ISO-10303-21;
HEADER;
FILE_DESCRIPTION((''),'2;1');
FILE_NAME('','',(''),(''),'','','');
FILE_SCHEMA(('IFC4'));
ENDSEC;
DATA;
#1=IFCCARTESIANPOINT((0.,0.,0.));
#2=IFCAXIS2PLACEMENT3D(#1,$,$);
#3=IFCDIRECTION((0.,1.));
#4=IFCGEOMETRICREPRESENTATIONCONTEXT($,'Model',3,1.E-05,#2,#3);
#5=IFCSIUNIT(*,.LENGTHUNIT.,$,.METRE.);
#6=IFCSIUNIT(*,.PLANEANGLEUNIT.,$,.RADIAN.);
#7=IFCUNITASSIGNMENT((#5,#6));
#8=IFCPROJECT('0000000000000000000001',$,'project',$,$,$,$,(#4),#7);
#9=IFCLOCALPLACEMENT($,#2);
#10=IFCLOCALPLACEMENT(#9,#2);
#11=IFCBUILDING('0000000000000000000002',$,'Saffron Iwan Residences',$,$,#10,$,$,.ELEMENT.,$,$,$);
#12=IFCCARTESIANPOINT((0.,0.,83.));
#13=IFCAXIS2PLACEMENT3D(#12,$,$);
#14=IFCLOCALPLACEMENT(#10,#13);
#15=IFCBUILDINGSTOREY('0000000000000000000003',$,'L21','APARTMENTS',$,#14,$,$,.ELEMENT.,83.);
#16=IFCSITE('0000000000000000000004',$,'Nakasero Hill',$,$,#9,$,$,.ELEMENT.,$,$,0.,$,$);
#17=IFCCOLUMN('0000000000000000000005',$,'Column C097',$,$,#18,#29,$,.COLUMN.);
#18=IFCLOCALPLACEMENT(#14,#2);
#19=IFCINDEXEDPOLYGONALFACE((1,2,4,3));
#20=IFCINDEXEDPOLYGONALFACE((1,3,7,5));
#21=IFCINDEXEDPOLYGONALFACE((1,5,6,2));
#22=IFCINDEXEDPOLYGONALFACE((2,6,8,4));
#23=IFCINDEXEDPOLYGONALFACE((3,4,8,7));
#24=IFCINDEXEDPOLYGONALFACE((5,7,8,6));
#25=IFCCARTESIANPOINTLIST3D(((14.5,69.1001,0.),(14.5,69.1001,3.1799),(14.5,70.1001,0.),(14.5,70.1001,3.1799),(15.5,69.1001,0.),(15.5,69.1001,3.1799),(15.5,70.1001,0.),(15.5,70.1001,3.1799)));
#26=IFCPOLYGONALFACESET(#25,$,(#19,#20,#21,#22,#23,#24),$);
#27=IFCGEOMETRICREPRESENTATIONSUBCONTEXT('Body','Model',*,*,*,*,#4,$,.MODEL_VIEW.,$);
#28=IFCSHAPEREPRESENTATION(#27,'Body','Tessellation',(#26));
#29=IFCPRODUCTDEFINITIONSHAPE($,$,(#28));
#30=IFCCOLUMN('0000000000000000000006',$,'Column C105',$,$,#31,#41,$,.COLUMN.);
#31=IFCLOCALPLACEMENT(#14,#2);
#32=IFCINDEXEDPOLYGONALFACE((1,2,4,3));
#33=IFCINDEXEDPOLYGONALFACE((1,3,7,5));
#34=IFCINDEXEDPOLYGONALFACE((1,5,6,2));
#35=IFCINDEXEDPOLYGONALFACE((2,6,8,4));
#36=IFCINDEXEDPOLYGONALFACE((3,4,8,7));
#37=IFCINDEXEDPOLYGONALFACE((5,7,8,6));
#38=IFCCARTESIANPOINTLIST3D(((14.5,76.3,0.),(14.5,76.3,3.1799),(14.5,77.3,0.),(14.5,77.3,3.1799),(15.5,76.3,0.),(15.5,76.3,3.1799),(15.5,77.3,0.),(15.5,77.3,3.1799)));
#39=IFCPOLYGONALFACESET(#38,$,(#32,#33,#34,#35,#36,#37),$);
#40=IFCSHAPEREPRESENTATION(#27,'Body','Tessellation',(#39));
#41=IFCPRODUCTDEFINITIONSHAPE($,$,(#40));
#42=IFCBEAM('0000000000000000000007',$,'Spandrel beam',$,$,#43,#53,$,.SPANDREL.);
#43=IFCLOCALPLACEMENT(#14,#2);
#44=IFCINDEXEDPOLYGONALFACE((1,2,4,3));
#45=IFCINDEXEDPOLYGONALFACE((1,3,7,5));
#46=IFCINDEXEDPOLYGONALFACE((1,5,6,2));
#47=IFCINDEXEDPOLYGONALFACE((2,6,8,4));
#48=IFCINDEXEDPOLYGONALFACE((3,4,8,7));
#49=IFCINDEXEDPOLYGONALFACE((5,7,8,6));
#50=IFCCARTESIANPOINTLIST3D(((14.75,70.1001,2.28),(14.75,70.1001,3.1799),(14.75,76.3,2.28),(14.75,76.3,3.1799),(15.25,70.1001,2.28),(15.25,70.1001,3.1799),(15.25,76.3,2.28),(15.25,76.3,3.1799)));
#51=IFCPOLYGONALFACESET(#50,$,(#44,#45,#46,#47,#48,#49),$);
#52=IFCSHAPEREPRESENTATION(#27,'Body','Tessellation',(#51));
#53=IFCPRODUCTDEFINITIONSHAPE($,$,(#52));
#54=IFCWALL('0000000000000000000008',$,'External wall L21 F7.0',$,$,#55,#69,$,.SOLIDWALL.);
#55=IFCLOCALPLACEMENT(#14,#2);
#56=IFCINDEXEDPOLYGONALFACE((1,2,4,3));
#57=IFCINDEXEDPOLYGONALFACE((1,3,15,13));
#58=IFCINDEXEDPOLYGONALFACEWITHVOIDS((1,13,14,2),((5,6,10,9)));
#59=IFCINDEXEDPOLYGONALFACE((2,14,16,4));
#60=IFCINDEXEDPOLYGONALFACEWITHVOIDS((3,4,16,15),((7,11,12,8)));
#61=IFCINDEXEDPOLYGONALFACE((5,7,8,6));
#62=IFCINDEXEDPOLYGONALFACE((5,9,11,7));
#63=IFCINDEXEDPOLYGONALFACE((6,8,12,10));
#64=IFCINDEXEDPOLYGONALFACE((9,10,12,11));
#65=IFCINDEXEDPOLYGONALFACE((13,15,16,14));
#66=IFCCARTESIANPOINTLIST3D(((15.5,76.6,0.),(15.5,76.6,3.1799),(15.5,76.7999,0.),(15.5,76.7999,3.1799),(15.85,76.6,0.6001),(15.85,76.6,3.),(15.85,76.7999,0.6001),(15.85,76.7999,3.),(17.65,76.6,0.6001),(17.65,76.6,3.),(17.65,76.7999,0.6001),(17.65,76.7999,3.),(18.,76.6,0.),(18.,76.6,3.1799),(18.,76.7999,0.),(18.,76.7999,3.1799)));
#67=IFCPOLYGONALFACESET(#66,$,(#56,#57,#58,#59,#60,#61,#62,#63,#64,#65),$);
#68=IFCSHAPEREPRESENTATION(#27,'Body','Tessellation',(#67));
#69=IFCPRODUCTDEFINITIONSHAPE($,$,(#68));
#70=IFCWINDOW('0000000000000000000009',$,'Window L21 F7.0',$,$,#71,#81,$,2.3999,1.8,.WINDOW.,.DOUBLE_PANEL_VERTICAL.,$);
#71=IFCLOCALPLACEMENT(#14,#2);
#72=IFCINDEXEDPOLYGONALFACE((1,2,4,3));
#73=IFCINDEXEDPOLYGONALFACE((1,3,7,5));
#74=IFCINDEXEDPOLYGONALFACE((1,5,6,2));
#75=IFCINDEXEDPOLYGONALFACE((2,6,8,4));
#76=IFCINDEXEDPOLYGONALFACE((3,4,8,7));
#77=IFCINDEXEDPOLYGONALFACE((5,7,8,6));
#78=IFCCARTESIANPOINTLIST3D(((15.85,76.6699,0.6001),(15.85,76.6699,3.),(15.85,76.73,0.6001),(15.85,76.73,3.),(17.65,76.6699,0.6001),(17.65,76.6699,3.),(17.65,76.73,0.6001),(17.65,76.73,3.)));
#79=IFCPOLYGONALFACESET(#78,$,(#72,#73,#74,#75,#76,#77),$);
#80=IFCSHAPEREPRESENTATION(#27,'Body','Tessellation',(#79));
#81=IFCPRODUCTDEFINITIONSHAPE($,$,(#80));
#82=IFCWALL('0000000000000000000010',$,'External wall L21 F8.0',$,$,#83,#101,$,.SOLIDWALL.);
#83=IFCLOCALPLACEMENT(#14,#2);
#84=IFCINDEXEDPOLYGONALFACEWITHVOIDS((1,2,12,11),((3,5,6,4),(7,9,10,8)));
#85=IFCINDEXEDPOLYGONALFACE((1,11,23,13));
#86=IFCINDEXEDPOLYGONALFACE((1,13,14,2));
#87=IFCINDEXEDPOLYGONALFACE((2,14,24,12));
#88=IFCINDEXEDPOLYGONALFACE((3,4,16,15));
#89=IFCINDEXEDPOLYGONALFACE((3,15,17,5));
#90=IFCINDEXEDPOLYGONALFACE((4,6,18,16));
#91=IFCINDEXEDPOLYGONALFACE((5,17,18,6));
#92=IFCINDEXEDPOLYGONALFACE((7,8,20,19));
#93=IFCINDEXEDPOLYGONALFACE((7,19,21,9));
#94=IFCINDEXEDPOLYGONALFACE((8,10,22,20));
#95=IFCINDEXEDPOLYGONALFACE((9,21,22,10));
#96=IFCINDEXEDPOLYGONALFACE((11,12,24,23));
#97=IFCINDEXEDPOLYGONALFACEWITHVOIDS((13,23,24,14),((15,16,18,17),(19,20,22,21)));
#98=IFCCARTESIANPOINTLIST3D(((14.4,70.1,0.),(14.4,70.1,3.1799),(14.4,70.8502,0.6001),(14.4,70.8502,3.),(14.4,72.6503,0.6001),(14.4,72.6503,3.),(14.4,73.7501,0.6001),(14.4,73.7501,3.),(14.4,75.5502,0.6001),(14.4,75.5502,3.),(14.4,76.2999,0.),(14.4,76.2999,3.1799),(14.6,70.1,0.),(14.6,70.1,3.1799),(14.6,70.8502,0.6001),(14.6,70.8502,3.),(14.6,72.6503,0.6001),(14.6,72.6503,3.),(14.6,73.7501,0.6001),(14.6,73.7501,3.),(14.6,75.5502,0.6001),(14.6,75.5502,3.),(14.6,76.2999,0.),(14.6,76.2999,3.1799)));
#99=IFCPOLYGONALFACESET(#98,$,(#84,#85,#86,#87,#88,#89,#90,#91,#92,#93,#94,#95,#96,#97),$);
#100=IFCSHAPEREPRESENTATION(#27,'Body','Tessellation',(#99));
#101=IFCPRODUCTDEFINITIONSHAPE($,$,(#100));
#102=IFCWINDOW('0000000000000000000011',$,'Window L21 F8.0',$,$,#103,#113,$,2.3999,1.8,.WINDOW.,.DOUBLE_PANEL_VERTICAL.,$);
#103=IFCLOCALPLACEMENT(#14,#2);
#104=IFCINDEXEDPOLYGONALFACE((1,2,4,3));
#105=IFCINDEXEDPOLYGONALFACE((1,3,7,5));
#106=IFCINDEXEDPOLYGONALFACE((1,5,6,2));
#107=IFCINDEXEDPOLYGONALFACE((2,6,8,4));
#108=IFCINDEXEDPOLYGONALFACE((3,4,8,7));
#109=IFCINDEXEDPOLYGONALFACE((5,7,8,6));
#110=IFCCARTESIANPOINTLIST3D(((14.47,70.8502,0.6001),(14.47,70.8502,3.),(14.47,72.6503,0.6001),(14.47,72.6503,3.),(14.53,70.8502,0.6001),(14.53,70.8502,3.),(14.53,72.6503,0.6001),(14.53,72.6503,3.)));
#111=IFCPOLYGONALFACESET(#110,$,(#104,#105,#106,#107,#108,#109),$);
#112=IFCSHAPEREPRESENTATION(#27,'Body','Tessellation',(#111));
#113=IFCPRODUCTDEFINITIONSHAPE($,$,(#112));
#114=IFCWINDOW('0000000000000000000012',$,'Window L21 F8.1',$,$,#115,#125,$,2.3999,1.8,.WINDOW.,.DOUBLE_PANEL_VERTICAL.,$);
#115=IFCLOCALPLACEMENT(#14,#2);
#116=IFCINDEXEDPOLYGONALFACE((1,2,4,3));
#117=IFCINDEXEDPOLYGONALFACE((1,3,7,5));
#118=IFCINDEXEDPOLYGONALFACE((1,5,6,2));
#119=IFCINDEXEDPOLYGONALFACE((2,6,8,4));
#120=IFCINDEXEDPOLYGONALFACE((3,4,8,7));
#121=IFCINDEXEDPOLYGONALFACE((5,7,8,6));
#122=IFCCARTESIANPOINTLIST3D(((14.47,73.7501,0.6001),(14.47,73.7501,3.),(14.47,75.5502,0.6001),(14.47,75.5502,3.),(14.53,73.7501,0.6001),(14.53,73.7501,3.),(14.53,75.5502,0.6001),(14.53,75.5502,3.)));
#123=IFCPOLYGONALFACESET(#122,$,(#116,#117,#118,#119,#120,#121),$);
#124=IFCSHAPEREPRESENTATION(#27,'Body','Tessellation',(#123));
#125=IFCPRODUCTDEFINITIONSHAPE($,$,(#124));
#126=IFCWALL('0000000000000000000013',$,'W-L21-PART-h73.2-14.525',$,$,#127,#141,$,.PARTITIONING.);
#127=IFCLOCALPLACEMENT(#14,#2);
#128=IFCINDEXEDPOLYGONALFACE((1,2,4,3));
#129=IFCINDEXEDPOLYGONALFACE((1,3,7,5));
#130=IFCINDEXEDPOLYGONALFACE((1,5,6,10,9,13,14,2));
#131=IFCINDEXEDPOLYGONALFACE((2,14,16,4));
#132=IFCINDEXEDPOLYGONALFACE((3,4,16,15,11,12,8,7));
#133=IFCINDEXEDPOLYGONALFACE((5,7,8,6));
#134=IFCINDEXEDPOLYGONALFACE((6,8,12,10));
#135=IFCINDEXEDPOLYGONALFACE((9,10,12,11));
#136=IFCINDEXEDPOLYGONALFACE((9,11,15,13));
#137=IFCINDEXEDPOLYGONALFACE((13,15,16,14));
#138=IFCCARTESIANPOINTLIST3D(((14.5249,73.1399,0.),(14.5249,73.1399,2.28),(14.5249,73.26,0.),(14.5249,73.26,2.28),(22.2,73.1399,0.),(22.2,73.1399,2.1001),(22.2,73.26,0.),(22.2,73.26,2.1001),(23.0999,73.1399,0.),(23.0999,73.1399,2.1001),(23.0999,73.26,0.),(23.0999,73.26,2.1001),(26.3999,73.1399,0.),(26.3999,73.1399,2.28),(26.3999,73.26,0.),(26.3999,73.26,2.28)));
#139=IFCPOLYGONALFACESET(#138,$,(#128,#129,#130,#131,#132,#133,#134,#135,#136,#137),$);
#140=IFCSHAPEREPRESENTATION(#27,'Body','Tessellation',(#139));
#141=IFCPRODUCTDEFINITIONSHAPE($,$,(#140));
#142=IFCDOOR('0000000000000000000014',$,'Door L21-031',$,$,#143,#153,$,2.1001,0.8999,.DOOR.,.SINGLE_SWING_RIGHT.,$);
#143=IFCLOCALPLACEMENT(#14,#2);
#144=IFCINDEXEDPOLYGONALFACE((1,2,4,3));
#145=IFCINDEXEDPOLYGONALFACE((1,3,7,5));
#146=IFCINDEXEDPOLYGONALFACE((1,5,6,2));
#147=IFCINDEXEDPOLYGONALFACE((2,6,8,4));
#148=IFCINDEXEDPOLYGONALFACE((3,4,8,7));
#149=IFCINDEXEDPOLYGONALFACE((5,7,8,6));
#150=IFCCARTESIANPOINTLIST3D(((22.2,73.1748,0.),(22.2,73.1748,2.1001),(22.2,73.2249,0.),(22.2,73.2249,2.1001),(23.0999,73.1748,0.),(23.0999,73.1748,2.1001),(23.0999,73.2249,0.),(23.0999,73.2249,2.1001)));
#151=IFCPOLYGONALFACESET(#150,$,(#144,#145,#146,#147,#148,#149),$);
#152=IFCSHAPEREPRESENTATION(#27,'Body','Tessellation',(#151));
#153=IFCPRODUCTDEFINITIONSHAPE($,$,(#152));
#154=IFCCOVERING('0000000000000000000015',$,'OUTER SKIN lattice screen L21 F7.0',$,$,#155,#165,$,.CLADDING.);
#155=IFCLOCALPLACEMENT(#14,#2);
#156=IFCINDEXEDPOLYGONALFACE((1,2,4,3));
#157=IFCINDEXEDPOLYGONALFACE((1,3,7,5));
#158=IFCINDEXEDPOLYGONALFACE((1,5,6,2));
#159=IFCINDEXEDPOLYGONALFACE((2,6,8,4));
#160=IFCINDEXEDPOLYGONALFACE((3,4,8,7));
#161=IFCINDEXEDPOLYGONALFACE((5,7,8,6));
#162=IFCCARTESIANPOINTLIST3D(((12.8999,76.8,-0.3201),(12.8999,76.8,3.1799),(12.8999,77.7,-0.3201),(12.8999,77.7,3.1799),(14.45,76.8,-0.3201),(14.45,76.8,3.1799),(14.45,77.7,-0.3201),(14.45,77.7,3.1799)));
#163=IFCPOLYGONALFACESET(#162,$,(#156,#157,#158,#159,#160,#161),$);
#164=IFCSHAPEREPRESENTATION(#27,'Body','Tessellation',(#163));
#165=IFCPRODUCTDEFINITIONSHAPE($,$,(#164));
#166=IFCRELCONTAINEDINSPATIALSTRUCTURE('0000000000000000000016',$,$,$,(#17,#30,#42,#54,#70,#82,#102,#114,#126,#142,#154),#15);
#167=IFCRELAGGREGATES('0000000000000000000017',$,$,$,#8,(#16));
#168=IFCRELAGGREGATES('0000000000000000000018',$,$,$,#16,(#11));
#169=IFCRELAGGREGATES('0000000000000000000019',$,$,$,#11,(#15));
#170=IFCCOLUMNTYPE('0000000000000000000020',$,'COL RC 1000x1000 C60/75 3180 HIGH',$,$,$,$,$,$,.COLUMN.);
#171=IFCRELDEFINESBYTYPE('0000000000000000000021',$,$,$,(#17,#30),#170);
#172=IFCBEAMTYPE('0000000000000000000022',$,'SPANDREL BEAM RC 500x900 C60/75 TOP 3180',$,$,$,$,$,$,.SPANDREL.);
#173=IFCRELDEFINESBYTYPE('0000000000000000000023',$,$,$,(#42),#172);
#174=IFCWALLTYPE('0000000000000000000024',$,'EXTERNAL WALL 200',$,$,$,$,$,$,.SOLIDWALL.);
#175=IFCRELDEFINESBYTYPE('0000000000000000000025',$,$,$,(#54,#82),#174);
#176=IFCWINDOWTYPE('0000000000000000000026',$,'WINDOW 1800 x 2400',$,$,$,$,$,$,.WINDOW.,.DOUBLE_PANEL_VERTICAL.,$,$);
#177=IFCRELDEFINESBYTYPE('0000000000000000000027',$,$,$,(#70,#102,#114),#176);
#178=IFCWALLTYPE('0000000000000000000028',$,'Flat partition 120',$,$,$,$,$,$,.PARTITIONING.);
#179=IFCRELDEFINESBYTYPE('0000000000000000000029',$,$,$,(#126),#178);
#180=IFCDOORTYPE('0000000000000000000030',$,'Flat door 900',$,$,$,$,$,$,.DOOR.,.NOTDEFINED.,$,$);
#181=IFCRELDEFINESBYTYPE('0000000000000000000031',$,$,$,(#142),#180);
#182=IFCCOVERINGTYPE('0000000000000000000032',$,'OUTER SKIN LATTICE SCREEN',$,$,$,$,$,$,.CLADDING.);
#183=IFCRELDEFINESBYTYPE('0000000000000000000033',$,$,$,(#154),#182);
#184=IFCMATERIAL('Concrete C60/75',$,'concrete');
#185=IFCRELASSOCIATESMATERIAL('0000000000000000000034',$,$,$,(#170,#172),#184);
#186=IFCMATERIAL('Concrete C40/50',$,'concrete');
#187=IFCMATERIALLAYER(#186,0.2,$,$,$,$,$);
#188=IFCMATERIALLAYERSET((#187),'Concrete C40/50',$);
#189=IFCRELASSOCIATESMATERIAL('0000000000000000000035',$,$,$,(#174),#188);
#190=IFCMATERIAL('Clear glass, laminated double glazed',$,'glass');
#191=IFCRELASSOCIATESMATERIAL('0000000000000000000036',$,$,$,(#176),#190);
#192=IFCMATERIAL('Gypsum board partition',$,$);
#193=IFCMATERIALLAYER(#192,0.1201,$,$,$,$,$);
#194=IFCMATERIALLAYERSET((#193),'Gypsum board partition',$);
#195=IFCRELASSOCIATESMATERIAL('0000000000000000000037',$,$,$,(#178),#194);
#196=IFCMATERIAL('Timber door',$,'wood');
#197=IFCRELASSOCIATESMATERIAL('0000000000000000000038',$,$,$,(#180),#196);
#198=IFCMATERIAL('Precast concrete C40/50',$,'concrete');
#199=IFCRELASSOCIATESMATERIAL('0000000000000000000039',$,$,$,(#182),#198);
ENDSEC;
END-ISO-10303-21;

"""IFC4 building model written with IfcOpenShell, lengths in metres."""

from ifc_helpers import new_model, si_unit, direction, frame, frame_2d, origin, origin_2d, place, context, subcontext, project, spatial, polyline, rectangle, outline, extrude, source, transform, mapped, material, layer, layer_set, material_profile, profile_set, type_object, element, fill, save


model = new_model("IFC4")

# Units and contexts
model_context = context("Model", 3, precision=1e-05, world=origin(), true_north=direction((0.0, 1.0)))
body_context = subcontext(model_context, "Body", "Model", "MODEL_VIEW")
ifc_project = project(units=[si_unit("LENGTHUNIT", "METRE"), si_unit("PLANEANGLEUNIT", "RADIAN")], contexts=[model_context])

# Site, building, storey
site_placement = place(None, origin())
site = spatial("IfcSite", under=ifc_project, at=site_placement, Name="Nakasero Hill", CompositionType="ELEMENT", RefElevation=0.0)
building_placement = place(site_placement, origin())
building = spatial("IfcBuilding", under=site, at=building_placement, Name="Saffron Iwan Residences", CompositionType="ELEMENT")
storey_placement = place(building_placement, frame((0.0, 0.0, 83.0)))
storey = spatial("IfcBuildingStorey", under=building, at=storey_placement, Name="L21", Description="APARTMENTS", CompositionType="ELEMENT", Elevation=83.0)

# Columns
ifc_material_1 = material(Name="Concrete C60/75", Category="concrete")
ifc_material_profile_1 = material_profile(ifc_material_1, rectangle(XDim=1.0, YDim=1.0, at=origin_2d()), Name="RC 1000x1000")
ifc_profile_set_1 = profile_set([ifc_material_profile_1], Name="Concrete C60/75")
column_type = type_object("IfcColumnType", Name="COL RC 1000x1000 C60/75 3180 HIGH", PredefinedType="COLUMN", material=ifc_profile_set_1)
shared_shape_1 = source(origin(), body_context, "Body", "SweptSolid", [
    extrude(rectangle(XDim=1.0, YDim=1.0, at=origin_2d()), origin(), (0.0, 0.0, 1.0), 3.1799),
])
for number, where, z_axis, x_axis, name in (
    (1, (15.0, 69.6001, 0.0), (0.0, 0.0, 1.0), (1.0, 0.0, 0.0), "Column C097"),
    (2, (15.0, 76.8, 0.0), (0.0, 0.0, 1.0), (1.0, 0.0, 0.0), "Column C105"),
):
    element("IfcColumn", number, at=place(storey_placement, frame(where, z_axis=z_axis, x_axis=x_axis)), inside=storey, type_object=column_type, Name=name, PredefinedType="COLUMN", context=body_context, shape_type="MappedRepresentation", body=[
        mapped(shared_shape_1, transform((0.0, 0.0, 0.0))),
    ])

# Beam
ifc_material_profile_2 = material_profile(ifc_material_1, rectangle(XDim=0.5, YDim=0.8999, at=origin_2d()), Name="RC 500x900")
ifc_profile_set_2 = profile_set([ifc_material_profile_2], Name="Concrete C60/75")
beam_type = type_object("IfcBeamType", Name="SPANDREL BEAM RC 500x900 C60/75 TOP 3180", PredefinedType="SPANDREL", material=ifc_profile_set_2)
shared_shape_2 = source(origin(), body_context, "Body", "SweptSolid", [
    extrude(rectangle(XDim=0.5, YDim=0.8999, at=origin_2d()), origin(), (0.0, 0.0, 1.0), 6.2),
])
beam_placement = place(storey_placement, frame((15.0, 70.1001, 2.73), z_axis=(0.0, 1.0, 0.0), x_axis=(-1.0, 0.0, 0.0)))
element("IfcBeam", 3, at=beam_placement, inside=storey, type_object=beam_type, Name="Spandrel beam", PredefinedType="SPANDREL", context=body_context, shape_type="MappedRepresentation", body=[
    mapped(shared_shape_2, transform((0.0, 0.0, 0.0))),
])

# Wall, opening, window
ifc_material_2 = material(Name="Concrete C40/50", Category="concrete")
ifc_layer_1 = layer(ifc_material_2, 0.2)
ifc_layer_set_1 = layer_set([ifc_layer_1], Name="Concrete C40/50")
wall_type_1 = type_object("IfcWallType", Name="EXTERNAL WALL 200", PredefinedType="SOLIDWALL", material=ifc_layer_set_1)
wall_1_placement = place(storey_placement, frame((18.0, 76.7, 0.0), z_axis=(0.0, 0.0, 1.0), x_axis=(-1.0, 0.0, 0.0)))
wall_1 = element("IfcWall", 4, at=wall_1_placement, inside=storey, type_object=wall_type_1, Name="External wall L21 F7.0", PredefinedType="SOLIDWALL", context=body_context, shape_type="SweptSolid", body=[
    extrude(rectangle(XDim=2.5, YDim=0.2, at=frame_2d((1.25, 0.0))), origin(), (0.0, 0.0, 1.0), 3.1799),
])
opening_1_placement = place(wall_1_placement, frame((0.3501, 0.0, 0.6001)))
opening_1 = element("IfcOpeningElement", 5, at=opening_1_placement, cuts=wall_1, PredefinedType="OPENING", context=body_context, shape_type="SweptSolid", body=[
    extrude(rectangle(XDim=1.8, YDim=2.3999, at=frame_2d((0.8999, 1.2))), frame((0.0, 0.1099, 0.0), z_axis=(0.0, -1.0, 0.0), x_axis=(1.0, 0.0, 0.0)), (0.0, 0.0, 1.0), 0.22),
])
ifc_material_3 = material(Name="Clear glass, laminated double glazed", Category="glass")
window_type = type_object("IfcWindowType", Name="WINDOW 1800 x 2400", PartitioningType="DOUBLE_PANEL_VERTICAL", PredefinedType="WINDOW", material=ifc_material_3)
window_1_placement = place(opening_1_placement, origin())
window_1 = element("IfcWindow", 6, at=window_1_placement, inside=storey, type_object=window_type, Name="Window L21 F7.0", OverallHeight=2.3999, OverallWidth=1.8, PartitioningType="DOUBLE_PANEL_VERTICAL", PredefinedType="WINDOW", context=body_context, shape_type="SweptSolid", body=[
    extrude(rectangle(XDim=1.8, YDim=2.3999, at=frame_2d((0.8999, 1.2))), frame((0.0, 0.03, 0.0), z_axis=(0.0, -1.0, 0.0), x_axis=(1.0, 0.0, 0.0)), (0.0, 0.0, 1.0), 0.0601),
])
fill(opening_1, window_1)

# Wall, openings, windows
wall_2_placement = place(storey_placement, frame((14.5, 76.3, 0.0), z_axis=(0.0, 0.0, 1.0), x_axis=(0.0, -1.0, 0.0)))
wall_2 = element("IfcWall", 7, at=wall_2_placement, inside=storey, type_object=wall_type_1, Name="External wall L21 F8.0", PredefinedType="SOLIDWALL", context=body_context, shape_type="SweptSolid", body=[
    extrude(rectangle(XDim=6.2, YDim=0.2, at=frame_2d((3.1001, 0.0))), origin(), (0.0, 0.0, 1.0), 3.1799),
])
opening_2_placement = place(wall_2_placement, frame((3.6499, 0.0, 0.6001)))
opening_2 = element("IfcOpeningElement", 8, at=opening_2_placement, cuts=wall_2, PredefinedType="OPENING", context=body_context, shape_type="SweptSolid", body=[
    extrude(rectangle(XDim=1.8, YDim=2.3999, at=frame_2d((0.8999, 1.2))), frame((0.0, 0.1099, 0.0), z_axis=(0.0, -1.0, 0.0), x_axis=(1.0, 0.0, 0.0)), (0.0, 0.0, 1.0), 0.22),
])
opening_3_placement = place(wall_2_placement, frame((0.75, 0.0, 0.6001)))
opening_3 = element("IfcOpeningElement", 9, at=opening_3_placement, cuts=wall_2, PredefinedType="OPENING", context=body_context, shape_type="SweptSolid", body=[
    extrude(rectangle(XDim=1.8, YDim=2.3999, at=frame_2d((0.8999, 1.2))), frame((0.0, 0.1099, 0.0), z_axis=(0.0, -1.0, 0.0), x_axis=(1.0, 0.0, 0.0)), (0.0, 0.0, 1.0), 0.22),
])
window_2_placement = place(opening_2_placement, origin())
window_2 = element("IfcWindow", 10, at=window_2_placement, inside=storey, type_object=window_type, Name="Window L21 F8.0", OverallHeight=2.3999, OverallWidth=1.8, PartitioningType="DOUBLE_PANEL_VERTICAL", PredefinedType="WINDOW", context=body_context, shape_type="SweptSolid", body=[
    extrude(rectangle(XDim=1.8, YDim=2.3999, at=frame_2d((0.8999, 1.2))), frame((0.0, 0.03, 0.0), z_axis=(0.0, -1.0, 0.0), x_axis=(1.0, 0.0, 0.0)), (0.0, 0.0, 1.0), 0.0601),
])
fill(opening_2, window_2)
window_3_placement = place(opening_3_placement, origin())
window_3 = element("IfcWindow", 11, at=window_3_placement, inside=storey, type_object=window_type, Name="Window L21 F8.1", OverallHeight=2.3999, OverallWidth=1.8, PartitioningType="DOUBLE_PANEL_VERTICAL", PredefinedType="WINDOW", context=body_context, shape_type="SweptSolid", body=[
    extrude(rectangle(XDim=1.8, YDim=2.3999, at=frame_2d((0.8999, 1.2))), frame((0.0, 0.03, 0.0), z_axis=(0.0, -1.0, 0.0), x_axis=(1.0, 0.0, 0.0)), (0.0, 0.0, 1.0), 0.0601),
])
fill(opening_3, window_3)

# Wall, opening, door
ifc_material_4 = material(Name="Gypsum board partition")
ifc_layer_2 = layer(ifc_material_4, 0.1201)
ifc_layer_set_2 = layer_set([ifc_layer_2], Name="Gypsum board partition")
wall_type_2 = type_object("IfcWallType", Name="Flat partition 120", PredefinedType="PARTITIONING", material=ifc_layer_set_2)
wall_3_placement = place(storey_placement, frame((14.5249, 73.2, 0.0), z_axis=(0.0, 0.0, 1.0), x_axis=(1.0, 0.0, 0.0)))
wall_3 = element("IfcWall", 12, at=wall_3_placement, inside=storey, type_object=wall_type_2, Name="W-L21-PART-h73.2-14.525", PredefinedType="PARTITIONING", context=body_context, shape_type="SweptSolid", body=[
    extrude(rectangle(XDim=11.875, YDim=0.1201, at=frame_2d((5.9375, 0.0))), origin(), (0.0, 0.0, 1.0), 2.28),
])
opening_4_placement = place(wall_3_placement, frame((7.675, 0.0, 0.0)))
opening_4 = element("IfcOpeningElement", 13, at=opening_4_placement, cuts=wall_3, PredefinedType="OPENING", context=body_context, shape_type="SweptSolid", body=[
    extrude(rectangle(XDim=0.8999, YDim=2.1001, at=frame_2d((0.45, 1.05))), frame((0.0, 0.0701, 0.0), z_axis=(0.0, -1.0, 0.0), x_axis=(1.0, 0.0, 0.0)), (0.0, 0.0, 1.0), 0.1401),
])
ifc_material_5 = material(Name="Timber door", Category="wood")
door_type = type_object("IfcDoorType", Name="Flat door 900", OperationType="NOTDEFINED", PredefinedType="DOOR", material=ifc_material_5)
door_placement = place(opening_4_placement, origin())
door = element("IfcDoor", 14, at=door_placement, inside=storey, type_object=door_type, Name="Door L21-031", OperationType="SINGLE_SWING_RIGHT", OverallHeight=2.1001, OverallWidth=0.8999, PredefinedType="DOOR", context=body_context, shape_type="SweptSolid", body=[
    extrude(rectangle(XDim=0.8999, YDim=2.1001, at=frame_2d((0.45, 1.05))), frame((0.0, 0.0249, 0.0), z_axis=(0.0, -1.0, 0.0), x_axis=(1.0, 0.0, 0.0)), (0.0, 0.0, 1.0), 0.05),
])
fill(opening_4, door)

# Covering
ifc_material_6 = material(Name="Precast concrete C40/50", Category="concrete")
covering_type_1 = type_object("IfcCoveringType", Name="OUTER SKIN LATTICE SCREEN", PredefinedType="CLADDING", material=ifc_material_6)
covering_1_placement = place(storey_placement, frame((14.45, 76.8, -0.3201), z_axis=(0.0, 1.0, 0.0), x_axis=(-1.0, 0.0, 0.0)))
element("IfcCovering", 15, at=covering_1_placement, inside=storey, type_object=covering_type_1, Name="OUTER SKIN lattice screen L21 F7.0", PredefinedType="CLADDING", context=body_context, shape_type="SweptSolid", body=[
    extrude(outline(polyline([(0.0, 0.0), (1.55, 0.0), (1.55, 3.5), (0.0, 3.5), (0.0, 0.0)])), origin(), (0.0, 0.0, 1.0), 0.8999),
])

save(model, "model.ifc")
